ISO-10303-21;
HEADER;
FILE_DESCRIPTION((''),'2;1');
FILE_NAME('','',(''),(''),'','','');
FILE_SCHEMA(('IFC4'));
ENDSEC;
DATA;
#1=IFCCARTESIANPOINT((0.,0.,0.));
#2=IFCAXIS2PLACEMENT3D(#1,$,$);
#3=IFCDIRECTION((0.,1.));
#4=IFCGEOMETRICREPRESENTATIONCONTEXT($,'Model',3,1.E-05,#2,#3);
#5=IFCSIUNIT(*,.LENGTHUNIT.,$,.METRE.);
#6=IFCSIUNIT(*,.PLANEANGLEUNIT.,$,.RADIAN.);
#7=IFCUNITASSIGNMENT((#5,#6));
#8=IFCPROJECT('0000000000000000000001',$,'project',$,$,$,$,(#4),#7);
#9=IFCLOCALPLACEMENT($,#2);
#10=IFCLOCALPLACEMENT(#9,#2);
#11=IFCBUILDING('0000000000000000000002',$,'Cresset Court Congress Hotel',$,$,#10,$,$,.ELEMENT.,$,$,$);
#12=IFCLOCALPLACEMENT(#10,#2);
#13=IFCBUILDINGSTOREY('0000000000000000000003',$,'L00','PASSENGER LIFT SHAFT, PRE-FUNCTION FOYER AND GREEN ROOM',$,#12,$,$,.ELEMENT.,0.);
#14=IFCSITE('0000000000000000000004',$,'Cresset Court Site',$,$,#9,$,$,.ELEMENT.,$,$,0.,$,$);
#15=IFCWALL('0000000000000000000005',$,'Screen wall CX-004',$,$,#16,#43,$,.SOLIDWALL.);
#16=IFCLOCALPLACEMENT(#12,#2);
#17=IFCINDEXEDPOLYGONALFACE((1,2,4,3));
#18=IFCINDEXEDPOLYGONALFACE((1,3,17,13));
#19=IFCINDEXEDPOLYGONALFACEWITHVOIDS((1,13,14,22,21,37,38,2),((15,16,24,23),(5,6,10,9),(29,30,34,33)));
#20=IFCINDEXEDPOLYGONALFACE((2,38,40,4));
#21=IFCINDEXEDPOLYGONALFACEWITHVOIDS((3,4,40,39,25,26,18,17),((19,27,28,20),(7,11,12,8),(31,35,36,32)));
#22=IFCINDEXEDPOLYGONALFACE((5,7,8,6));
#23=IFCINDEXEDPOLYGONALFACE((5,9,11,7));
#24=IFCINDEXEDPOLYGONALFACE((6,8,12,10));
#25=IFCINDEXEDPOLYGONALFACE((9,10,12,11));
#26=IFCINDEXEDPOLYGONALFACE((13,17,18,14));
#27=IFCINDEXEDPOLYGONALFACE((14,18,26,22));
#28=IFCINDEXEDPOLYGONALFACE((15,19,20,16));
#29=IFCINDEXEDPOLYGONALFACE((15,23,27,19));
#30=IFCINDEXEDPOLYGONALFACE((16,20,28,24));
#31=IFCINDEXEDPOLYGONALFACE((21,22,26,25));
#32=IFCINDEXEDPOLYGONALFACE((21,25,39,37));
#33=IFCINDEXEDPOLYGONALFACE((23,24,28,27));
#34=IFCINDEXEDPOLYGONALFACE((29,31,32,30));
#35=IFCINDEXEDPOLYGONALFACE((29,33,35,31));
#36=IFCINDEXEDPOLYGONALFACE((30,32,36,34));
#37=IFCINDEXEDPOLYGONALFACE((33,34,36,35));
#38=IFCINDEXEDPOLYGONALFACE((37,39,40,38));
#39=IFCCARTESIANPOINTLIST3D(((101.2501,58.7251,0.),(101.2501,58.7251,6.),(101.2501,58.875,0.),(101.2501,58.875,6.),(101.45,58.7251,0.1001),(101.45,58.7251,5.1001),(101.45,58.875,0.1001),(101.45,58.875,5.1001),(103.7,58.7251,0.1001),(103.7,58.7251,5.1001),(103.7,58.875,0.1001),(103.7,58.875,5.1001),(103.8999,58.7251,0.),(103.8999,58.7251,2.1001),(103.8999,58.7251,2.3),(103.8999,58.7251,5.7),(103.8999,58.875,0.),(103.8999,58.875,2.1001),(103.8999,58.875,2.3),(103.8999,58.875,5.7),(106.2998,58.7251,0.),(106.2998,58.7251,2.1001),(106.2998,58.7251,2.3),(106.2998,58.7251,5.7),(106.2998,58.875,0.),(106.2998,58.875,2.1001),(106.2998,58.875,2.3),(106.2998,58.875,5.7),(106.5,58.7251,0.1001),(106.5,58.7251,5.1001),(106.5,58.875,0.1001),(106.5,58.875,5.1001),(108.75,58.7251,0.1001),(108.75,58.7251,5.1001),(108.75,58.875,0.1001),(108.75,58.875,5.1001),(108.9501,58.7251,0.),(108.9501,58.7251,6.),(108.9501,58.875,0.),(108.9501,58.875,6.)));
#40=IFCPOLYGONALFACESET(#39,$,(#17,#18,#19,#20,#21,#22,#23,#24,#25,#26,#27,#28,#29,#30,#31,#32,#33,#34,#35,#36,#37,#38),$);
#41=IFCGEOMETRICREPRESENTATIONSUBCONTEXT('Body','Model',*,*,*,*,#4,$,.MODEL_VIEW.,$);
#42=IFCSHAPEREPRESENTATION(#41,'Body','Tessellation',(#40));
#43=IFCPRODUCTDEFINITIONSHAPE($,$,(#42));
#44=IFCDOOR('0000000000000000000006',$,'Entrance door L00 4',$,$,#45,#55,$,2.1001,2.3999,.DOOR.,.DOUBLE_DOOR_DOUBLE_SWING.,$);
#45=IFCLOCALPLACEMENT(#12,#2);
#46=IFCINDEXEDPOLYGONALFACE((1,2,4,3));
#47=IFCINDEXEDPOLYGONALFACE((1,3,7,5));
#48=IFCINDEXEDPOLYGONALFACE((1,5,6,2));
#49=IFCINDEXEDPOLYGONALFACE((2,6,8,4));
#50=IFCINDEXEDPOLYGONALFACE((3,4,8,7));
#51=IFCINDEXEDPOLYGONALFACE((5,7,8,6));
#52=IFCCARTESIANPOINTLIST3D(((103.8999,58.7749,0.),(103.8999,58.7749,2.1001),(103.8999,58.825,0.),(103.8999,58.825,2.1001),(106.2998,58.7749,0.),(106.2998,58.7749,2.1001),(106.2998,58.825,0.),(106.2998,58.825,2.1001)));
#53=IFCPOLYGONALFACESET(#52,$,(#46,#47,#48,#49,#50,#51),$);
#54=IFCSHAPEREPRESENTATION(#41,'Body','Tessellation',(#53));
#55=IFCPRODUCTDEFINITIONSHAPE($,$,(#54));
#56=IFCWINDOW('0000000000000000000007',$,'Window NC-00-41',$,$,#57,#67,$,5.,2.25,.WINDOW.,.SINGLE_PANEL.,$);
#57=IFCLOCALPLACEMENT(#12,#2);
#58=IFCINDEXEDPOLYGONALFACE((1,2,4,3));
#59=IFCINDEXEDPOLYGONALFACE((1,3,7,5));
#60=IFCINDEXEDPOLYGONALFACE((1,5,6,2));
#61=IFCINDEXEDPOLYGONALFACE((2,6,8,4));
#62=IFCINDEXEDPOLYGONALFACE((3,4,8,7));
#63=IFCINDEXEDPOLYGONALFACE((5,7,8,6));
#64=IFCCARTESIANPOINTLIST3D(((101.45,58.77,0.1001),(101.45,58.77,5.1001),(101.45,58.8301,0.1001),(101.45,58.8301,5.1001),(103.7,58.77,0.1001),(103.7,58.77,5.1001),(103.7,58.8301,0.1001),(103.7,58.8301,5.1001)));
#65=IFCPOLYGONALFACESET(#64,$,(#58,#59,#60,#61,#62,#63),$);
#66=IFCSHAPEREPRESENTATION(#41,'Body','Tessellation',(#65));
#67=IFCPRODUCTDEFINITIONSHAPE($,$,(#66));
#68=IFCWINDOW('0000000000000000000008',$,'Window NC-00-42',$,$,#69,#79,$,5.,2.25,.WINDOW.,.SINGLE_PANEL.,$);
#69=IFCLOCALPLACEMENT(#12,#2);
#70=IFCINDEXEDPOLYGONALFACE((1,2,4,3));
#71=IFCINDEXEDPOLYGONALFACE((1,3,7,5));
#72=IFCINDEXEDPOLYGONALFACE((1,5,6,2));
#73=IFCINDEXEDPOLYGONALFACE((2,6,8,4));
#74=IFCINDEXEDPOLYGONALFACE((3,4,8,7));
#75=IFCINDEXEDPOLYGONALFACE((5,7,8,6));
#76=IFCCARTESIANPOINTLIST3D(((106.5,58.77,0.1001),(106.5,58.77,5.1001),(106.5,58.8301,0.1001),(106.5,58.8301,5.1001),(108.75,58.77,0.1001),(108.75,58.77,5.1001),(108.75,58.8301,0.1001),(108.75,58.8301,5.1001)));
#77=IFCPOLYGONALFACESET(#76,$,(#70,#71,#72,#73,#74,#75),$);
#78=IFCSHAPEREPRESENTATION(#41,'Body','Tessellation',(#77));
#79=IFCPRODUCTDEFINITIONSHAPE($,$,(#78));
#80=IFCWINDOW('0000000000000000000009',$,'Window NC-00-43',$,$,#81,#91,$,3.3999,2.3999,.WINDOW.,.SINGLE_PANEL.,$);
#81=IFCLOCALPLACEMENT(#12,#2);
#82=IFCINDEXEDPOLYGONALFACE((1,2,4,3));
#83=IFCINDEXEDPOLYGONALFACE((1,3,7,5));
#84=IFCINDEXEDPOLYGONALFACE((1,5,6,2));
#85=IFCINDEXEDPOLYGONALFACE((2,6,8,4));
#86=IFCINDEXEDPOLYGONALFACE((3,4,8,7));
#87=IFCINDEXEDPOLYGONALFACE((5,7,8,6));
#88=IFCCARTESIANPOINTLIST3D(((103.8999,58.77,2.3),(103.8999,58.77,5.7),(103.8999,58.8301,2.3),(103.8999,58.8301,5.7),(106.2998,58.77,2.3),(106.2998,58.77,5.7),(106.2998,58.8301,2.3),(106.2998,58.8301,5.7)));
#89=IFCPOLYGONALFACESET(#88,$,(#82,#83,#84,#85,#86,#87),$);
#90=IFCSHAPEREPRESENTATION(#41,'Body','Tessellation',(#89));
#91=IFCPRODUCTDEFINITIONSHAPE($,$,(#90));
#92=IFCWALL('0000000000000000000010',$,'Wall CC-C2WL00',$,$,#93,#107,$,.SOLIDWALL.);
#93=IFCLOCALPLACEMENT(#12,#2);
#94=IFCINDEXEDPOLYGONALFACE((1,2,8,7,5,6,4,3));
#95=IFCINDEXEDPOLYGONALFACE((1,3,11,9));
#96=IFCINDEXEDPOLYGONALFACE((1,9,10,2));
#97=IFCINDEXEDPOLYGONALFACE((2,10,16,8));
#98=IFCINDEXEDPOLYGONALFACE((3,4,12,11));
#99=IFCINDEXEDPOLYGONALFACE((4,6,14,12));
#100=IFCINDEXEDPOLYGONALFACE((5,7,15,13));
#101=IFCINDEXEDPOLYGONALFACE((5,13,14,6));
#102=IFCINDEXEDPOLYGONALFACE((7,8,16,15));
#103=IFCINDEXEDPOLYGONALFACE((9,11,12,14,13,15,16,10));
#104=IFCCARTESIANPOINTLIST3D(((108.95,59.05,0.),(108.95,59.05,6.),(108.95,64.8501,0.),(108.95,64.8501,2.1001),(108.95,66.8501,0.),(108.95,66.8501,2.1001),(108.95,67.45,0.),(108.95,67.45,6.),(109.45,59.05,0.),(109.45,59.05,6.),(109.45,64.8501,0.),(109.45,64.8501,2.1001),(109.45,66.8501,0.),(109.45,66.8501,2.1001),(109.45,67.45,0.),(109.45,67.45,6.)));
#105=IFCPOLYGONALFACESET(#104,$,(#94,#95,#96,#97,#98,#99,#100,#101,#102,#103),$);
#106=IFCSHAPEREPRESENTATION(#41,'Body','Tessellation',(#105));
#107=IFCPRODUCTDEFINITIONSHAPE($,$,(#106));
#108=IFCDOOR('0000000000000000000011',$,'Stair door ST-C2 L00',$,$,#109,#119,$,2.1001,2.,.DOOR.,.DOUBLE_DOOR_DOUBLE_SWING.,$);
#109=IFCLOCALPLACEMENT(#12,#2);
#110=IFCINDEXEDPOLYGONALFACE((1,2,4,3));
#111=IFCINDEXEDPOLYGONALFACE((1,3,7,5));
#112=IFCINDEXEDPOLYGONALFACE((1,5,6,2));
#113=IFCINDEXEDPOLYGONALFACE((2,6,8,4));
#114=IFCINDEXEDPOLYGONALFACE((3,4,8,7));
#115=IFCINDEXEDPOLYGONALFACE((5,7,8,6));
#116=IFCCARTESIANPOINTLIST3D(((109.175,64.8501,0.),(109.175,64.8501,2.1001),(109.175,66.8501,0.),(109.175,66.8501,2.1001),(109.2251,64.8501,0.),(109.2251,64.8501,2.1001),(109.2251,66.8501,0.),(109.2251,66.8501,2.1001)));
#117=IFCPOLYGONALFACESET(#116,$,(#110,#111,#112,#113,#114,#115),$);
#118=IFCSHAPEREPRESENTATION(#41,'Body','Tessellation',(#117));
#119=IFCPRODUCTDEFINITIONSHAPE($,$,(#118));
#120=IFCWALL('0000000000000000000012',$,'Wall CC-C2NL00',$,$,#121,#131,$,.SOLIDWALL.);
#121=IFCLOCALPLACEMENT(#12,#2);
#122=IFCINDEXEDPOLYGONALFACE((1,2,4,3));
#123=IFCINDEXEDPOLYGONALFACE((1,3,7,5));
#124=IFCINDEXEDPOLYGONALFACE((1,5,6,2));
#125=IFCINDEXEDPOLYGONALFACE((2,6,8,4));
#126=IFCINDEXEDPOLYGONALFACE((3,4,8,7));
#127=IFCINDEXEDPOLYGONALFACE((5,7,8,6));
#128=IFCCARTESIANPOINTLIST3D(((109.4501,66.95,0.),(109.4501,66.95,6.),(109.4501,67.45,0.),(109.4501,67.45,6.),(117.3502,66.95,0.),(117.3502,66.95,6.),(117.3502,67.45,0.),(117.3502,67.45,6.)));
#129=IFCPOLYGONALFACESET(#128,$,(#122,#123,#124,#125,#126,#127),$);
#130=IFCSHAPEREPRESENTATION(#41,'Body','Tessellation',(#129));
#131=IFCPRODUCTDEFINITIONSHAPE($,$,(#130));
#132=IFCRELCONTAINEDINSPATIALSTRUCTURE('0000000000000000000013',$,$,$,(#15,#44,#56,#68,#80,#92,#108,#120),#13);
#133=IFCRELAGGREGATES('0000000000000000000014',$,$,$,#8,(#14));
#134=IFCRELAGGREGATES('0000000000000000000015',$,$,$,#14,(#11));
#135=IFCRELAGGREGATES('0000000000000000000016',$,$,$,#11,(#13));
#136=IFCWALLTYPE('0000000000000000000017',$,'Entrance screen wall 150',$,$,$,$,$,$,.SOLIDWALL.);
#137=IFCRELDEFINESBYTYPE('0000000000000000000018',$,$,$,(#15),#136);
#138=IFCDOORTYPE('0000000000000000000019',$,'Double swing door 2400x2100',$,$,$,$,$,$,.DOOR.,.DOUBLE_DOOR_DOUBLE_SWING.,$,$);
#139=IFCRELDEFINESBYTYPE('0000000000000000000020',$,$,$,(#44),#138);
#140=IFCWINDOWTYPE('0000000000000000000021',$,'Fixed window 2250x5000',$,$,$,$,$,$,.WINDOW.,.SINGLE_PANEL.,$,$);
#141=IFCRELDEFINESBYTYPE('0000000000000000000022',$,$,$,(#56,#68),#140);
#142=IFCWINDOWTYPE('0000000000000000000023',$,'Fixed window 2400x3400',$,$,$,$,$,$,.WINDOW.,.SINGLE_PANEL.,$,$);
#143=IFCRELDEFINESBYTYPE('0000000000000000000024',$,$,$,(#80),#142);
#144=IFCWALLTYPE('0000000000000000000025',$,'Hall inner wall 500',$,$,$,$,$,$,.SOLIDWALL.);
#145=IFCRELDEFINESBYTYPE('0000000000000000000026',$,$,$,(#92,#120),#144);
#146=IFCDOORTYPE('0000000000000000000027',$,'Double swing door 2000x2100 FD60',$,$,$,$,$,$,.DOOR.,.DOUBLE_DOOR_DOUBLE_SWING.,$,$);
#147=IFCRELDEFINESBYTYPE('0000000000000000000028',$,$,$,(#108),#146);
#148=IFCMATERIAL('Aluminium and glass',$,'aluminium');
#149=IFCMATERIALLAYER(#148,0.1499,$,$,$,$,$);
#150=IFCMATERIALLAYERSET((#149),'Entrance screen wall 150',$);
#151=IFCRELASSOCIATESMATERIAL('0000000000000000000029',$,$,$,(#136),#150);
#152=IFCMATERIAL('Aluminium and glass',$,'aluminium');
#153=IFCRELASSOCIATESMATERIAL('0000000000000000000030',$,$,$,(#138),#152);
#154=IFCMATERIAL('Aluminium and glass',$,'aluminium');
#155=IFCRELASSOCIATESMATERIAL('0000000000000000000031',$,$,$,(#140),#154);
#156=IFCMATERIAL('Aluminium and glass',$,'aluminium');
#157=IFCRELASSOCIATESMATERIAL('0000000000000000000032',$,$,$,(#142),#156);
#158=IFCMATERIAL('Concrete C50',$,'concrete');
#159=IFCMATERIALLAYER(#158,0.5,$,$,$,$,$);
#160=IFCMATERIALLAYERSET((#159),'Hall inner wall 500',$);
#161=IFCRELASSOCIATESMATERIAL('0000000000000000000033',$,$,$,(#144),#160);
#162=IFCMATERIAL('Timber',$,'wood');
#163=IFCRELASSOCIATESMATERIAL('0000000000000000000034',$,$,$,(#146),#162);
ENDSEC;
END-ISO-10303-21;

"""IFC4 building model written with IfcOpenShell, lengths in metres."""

from ifc_helpers import new_model, si_unit, direction, frame, frame_2d, origin, place, context, subcontext, project, spatial, rectangle, extrude, material, layer, layer_set, type_object, element, fill, save


model = new_model("IFC4")

# Units and contexts
model_context = context("Model", 3, precision=1e-05, world=origin(), true_north=direction((0.0, 1.0)))
body_context = subcontext(model_context, "Body", "Model", "MODEL_VIEW")
ifc_project = project(units=[si_unit("LENGTHUNIT", "METRE"), si_unit("PLANEANGLEUNIT", "RADIAN")], contexts=[model_context])

# Site, building, storey
site_placement = place(None, origin())
site = spatial("IfcSite", under=ifc_project, at=site_placement, Name="Cresset Court Site", CompositionType="ELEMENT", RefElevation=0.0)
building_placement = place(site_placement, origin())
building = spatial("IfcBuilding", under=site, at=building_placement, Name="Cresset Court Congress Hotel", CompositionType="ELEMENT")
storey_placement = place(building_placement, origin())
storey = spatial("IfcBuildingStorey", under=building, at=storey_placement, Name="L00", Description="PASSENGER LIFT SHAFT, PRE-FUNCTION FOYER AND GREEN ROOM", CompositionType="ELEMENT", Elevation=0.0)

# Wall, openings, door, windows
ifc_material_1 = material(Name="Aluminium and glass", Category="aluminium")
ifc_layer_1 = layer(ifc_material_1, 0.1499)
ifc_layer_set_1 = layer_set([ifc_layer_1], Name="Entrance screen wall 150")
wall_type_1 = type_object("IfcWallType", Name="Entrance screen wall 150", PredefinedType="SOLIDWALL", material=ifc_layer_set_1)
wall_1_placement = place(storey_placement, frame((101.25, 58.8, 0.0), z_axis=(0.0, 0.0, 1.0), x_axis=(1.0, 0.0, 0.0)))
wall_1 = element("IfcWall", 1, at=wall_1_placement, inside=storey, type_object=wall_type_1, Name="Screen wall CX-004", PredefinedType="SOLIDWALL", context=body_context, shape_type="SweptSolid", body=[
    extrude(rectangle(XDim=7.7, YDim=0.1499, at=frame_2d((3.8501, 0.0))), origin(), (0.0, 0.0, 1.0), 6.0),
])
opening_1_placement = place(wall_1_placement, frame((2.6499, 0.0, 0.0)))
opening_1 = element("IfcOpeningElement", 2, at=opening_1_placement, cuts=wall_1, PredefinedType="OPENING", context=body_context, shape_type="SweptSolid", body=[
    extrude(rectangle(XDim=2.3999, YDim=2.1001, at=frame_2d((1.2, 1.05))), frame((0.0, 0.085, 0.0), z_axis=(0.0, -1.0, 0.0), x_axis=(1.0, 0.0, 0.0)), (0.0, 0.0, 1.0), 0.1699),
])
opening_2_placement = place(wall_1_placement, frame((0.2, 0.0, 0.1001)))
opening_2 = element("IfcOpeningElement", 3, at=opening_2_placement, cuts=wall_1, PredefinedType="OPENING", context=body_context, shape_type="SweptSolid", body=[
    extrude(rectangle(XDim=2.25, YDim=5.0, at=frame_2d((1.125, 2.5))), frame((0.0, 0.085, 0.0), z_axis=(0.0, -1.0, 0.0), x_axis=(1.0, 0.0, 0.0)), (0.0, 0.0, 1.0), 0.1699),
])
opening_3_placement = place(wall_1_placement, frame((5.25, 0.0, 0.1001)))
opening_3 = element("IfcOpeningElement", 4, at=opening_3_placement, cuts=wall_1, PredefinedType="OPENING", context=body_context, shape_type="SweptSolid", body=[
    extrude(rectangle(XDim=2.25, YDim=5.0, at=frame_2d((1.125, 2.5))), frame((0.0, 0.085, 0.0), z_axis=(0.0, -1.0, 0.0), x_axis=(1.0, 0.0, 0.0)), (0.0, 0.0, 1.0), 0.1699),
])
opening_4_placement = place(wall_1_placement, frame((2.6499, 0.0, 2.3)))
opening_4 = element("IfcOpeningElement", 5, at=opening_4_placement, cuts=wall_1, PredefinedType="OPENING", context=body_context, shape_type="SweptSolid", body=[
    extrude(rectangle(XDim=2.3999, YDim=3.3999, at=frame_2d((1.2, 1.7))), frame((0.0, 0.085, 0.0), z_axis=(0.0, -1.0, 0.0), x_axis=(1.0, 0.0, 0.0)), (0.0, 0.0, 1.0), 0.1699),
])
ifc_material_2 = material(Name="Aluminium and glass", Category="aluminium")
door_type_1 = type_object("IfcDoorType", Name="Double swing door 2400x2100", OperationType="DOUBLE_DOOR_DOUBLE_SWING", PredefinedType="DOOR", material=ifc_material_2)
door_1_placement = place(opening_1_placement, origin())
door_1 = element("IfcDoor", 6, at=door_1_placement, inside=storey, type_object=door_type_1, Name="Entrance door L00 4", OperationType="DOUBLE_DOOR_DOUBLE_SWING", OverallHeight=2.1001, OverallWidth=2.3999, PredefinedType="DOOR", context=body_context, shape_type="SweptSolid", body=[
    extrude(rectangle(XDim=2.3999, YDim=2.1001, at=frame_2d((1.2, 1.05))), frame((0.0, 0.0249, 0.0), z_axis=(0.0, -1.0, 0.0), x_axis=(1.0, 0.0, 0.0)), (0.0, 0.0, 1.0), 0.05),
])
fill(opening_1, door_1)
ifc_material_3 = material(Name="Aluminium and glass", Category="aluminium")
window_type_1 = type_object("IfcWindowType", Name="Fixed window 2250x5000", PartitioningType="SINGLE_PANEL", PredefinedType="WINDOW", material=ifc_material_3)
window_1_placement = place(opening_2_placement, origin())
window_1 = element("IfcWindow", 7, at=window_1_placement, inside=storey, type_object=window_type_1, Name="Window NC-00-41", OverallHeight=5.0, OverallWidth=2.25, PartitioningType="SINGLE_PANEL", PredefinedType="WINDOW", context=body_context, shape_type="SweptSolid", body=[
    extrude(rectangle(XDim=2.25, YDim=5.0, at=frame_2d((1.125, 2.5))), frame((0.0, 0.03, 0.0), z_axis=(0.0, -1.0, 0.0), x_axis=(1.0, 0.0, 0.0)), (0.0, 0.0, 1.0), 0.0601),
])
fill(opening_2, window_1)
window_2_placement = place(opening_3_placement, origin())
window_2 = element("IfcWindow", 8, at=window_2_placement, inside=storey, type_object=window_type_1, Name="Window NC-00-42", OverallHeight=5.0, OverallWidth=2.25, PartitioningType="SINGLE_PANEL", PredefinedType="WINDOW", context=body_context, shape_type="SweptSolid", body=[
    extrude(rectangle(XDim=2.25, YDim=5.0, at=frame_2d((1.125, 2.5))), frame((0.0, 0.03, 0.0), z_axis=(0.0, -1.0, 0.0), x_axis=(1.0, 0.0, 0.0)), (0.0, 0.0, 1.0), 0.0601),
])
fill(opening_3, window_2)
ifc_material_4 = material(Name="Aluminium and glass", Category="aluminium")
window_type_2 = type_object("IfcWindowType", Name="Fixed window 2400x3400", PartitioningType="SINGLE_PANEL", PredefinedType="WINDOW", material=ifc_material_4)
window_3_placement = place(opening_4_placement, origin())
window_3 = element("IfcWindow", 9, at=window_3_placement, inside=storey, type_object=window_type_2, Name="Window NC-00-43", OverallHeight=3.3999, OverallWidth=2.3999, PartitioningType="SINGLE_PANEL", PredefinedType="WINDOW", context=body_context, shape_type="SweptSolid", body=[
    extrude(rectangle(XDim=2.3999, YDim=3.3999, at=frame_2d((1.2, 1.7))), frame((0.0, 0.03, 0.0), z_axis=(0.0, -1.0, 0.0), x_axis=(1.0, 0.0, 0.0)), (0.0, 0.0, 1.0), 0.0601),
])
fill(opening_4, window_3)

# Wall, opening, door
ifc_material_5 = material(Name="Concrete C50", Category="concrete")
ifc_layer_2 = layer(ifc_material_5, 0.5)
ifc_layer_set_2 = layer_set([ifc_layer_2], Name="Hall inner wall 500")
wall_type_2 = type_object("IfcWallType", Name="Hall inner wall 500", PredefinedType="SOLIDWALL", material=ifc_layer_set_2)
wall_2_placement = place(storey_placement, frame((109.2, 59.05, 0.0), z_axis=(0.0, 0.0, 1.0), x_axis=(0.0, 1.0, 0.0)))
wall_2 = element("IfcWall", 10, at=wall_2_placement, inside=storey, type_object=wall_type_2, Name="Wall CC-C2WL00", PredefinedType="SOLIDWALL", context=body_context, shape_type="SweptSolid", body=[
    extrude(rectangle(XDim=8.3999, YDim=0.5, at=frame_2d((4.2, 0.0))), origin(), (0.0, 0.0, 1.0), 6.0),
])
opening_5_placement = place(wall_2_placement, frame((5.8, 0.0, 0.0)))
opening_5 = element("IfcOpeningElement", 11, at=opening_5_placement, cuts=wall_2, PredefinedType="OPENING", context=body_context, shape_type="SweptSolid", body=[
    extrude(rectangle(XDim=2.0, YDim=2.1001, at=frame_2d((1.0, 1.05))), frame((0.0, 0.26, 0.0), z_axis=(0.0, -1.0, 0.0), x_axis=(1.0, 0.0, 0.0)), (0.0, 0.0, 1.0), 0.52),
])
ifc_material_6 = material(Name="Timber", Category="wood")
door_type_2 = type_object("IfcDoorType", Name="Double swing door 2000x2100 FD60", OperationType="DOUBLE_DOOR_DOUBLE_SWING", PredefinedType="DOOR", material=ifc_material_6)
door_2_placement = place(opening_5_placement, origin())
door_2 = element("IfcDoor", 12, at=door_2_placement, inside=storey, type_object=door_type_2, Name="Stair door ST-C2 L00", OperationType="DOUBLE_DOOR_DOUBLE_SWING", OverallHeight=2.1001, OverallWidth=2.0, PredefinedType="DOOR", context=body_context, shape_type="SweptSolid", body=[
    extrude(rectangle(XDim=2.0, YDim=2.1001, at=frame_2d((1.0, 1.05))), frame((0.0, 0.0249, 0.0), z_axis=(0.0, -1.0, 0.0), x_axis=(1.0, 0.0, 0.0)), (0.0, 0.0, 1.0), 0.05),
])
fill(opening_5, door_2)

# Wall
wall_3_placement = place(storey_placement, frame((109.45, 67.2, 0.0), z_axis=(0.0, 0.0, 1.0), x_axis=(1.0, 0.0, 0.0)))
element("IfcWall", 13, at=wall_3_placement, inside=storey, type_object=wall_type_2, Name="Wall CC-C2NL00", PredefinedType="SOLIDWALL", context=body_context, shape_type="SweptSolid", body=[
    extrude(rectangle(XDim=7.9001, YDim=0.5, at=frame_2d((3.9502, 0.0))), origin(), (0.0, 0.0, 1.0), 6.0),
])

save(model, "model.ifc")
